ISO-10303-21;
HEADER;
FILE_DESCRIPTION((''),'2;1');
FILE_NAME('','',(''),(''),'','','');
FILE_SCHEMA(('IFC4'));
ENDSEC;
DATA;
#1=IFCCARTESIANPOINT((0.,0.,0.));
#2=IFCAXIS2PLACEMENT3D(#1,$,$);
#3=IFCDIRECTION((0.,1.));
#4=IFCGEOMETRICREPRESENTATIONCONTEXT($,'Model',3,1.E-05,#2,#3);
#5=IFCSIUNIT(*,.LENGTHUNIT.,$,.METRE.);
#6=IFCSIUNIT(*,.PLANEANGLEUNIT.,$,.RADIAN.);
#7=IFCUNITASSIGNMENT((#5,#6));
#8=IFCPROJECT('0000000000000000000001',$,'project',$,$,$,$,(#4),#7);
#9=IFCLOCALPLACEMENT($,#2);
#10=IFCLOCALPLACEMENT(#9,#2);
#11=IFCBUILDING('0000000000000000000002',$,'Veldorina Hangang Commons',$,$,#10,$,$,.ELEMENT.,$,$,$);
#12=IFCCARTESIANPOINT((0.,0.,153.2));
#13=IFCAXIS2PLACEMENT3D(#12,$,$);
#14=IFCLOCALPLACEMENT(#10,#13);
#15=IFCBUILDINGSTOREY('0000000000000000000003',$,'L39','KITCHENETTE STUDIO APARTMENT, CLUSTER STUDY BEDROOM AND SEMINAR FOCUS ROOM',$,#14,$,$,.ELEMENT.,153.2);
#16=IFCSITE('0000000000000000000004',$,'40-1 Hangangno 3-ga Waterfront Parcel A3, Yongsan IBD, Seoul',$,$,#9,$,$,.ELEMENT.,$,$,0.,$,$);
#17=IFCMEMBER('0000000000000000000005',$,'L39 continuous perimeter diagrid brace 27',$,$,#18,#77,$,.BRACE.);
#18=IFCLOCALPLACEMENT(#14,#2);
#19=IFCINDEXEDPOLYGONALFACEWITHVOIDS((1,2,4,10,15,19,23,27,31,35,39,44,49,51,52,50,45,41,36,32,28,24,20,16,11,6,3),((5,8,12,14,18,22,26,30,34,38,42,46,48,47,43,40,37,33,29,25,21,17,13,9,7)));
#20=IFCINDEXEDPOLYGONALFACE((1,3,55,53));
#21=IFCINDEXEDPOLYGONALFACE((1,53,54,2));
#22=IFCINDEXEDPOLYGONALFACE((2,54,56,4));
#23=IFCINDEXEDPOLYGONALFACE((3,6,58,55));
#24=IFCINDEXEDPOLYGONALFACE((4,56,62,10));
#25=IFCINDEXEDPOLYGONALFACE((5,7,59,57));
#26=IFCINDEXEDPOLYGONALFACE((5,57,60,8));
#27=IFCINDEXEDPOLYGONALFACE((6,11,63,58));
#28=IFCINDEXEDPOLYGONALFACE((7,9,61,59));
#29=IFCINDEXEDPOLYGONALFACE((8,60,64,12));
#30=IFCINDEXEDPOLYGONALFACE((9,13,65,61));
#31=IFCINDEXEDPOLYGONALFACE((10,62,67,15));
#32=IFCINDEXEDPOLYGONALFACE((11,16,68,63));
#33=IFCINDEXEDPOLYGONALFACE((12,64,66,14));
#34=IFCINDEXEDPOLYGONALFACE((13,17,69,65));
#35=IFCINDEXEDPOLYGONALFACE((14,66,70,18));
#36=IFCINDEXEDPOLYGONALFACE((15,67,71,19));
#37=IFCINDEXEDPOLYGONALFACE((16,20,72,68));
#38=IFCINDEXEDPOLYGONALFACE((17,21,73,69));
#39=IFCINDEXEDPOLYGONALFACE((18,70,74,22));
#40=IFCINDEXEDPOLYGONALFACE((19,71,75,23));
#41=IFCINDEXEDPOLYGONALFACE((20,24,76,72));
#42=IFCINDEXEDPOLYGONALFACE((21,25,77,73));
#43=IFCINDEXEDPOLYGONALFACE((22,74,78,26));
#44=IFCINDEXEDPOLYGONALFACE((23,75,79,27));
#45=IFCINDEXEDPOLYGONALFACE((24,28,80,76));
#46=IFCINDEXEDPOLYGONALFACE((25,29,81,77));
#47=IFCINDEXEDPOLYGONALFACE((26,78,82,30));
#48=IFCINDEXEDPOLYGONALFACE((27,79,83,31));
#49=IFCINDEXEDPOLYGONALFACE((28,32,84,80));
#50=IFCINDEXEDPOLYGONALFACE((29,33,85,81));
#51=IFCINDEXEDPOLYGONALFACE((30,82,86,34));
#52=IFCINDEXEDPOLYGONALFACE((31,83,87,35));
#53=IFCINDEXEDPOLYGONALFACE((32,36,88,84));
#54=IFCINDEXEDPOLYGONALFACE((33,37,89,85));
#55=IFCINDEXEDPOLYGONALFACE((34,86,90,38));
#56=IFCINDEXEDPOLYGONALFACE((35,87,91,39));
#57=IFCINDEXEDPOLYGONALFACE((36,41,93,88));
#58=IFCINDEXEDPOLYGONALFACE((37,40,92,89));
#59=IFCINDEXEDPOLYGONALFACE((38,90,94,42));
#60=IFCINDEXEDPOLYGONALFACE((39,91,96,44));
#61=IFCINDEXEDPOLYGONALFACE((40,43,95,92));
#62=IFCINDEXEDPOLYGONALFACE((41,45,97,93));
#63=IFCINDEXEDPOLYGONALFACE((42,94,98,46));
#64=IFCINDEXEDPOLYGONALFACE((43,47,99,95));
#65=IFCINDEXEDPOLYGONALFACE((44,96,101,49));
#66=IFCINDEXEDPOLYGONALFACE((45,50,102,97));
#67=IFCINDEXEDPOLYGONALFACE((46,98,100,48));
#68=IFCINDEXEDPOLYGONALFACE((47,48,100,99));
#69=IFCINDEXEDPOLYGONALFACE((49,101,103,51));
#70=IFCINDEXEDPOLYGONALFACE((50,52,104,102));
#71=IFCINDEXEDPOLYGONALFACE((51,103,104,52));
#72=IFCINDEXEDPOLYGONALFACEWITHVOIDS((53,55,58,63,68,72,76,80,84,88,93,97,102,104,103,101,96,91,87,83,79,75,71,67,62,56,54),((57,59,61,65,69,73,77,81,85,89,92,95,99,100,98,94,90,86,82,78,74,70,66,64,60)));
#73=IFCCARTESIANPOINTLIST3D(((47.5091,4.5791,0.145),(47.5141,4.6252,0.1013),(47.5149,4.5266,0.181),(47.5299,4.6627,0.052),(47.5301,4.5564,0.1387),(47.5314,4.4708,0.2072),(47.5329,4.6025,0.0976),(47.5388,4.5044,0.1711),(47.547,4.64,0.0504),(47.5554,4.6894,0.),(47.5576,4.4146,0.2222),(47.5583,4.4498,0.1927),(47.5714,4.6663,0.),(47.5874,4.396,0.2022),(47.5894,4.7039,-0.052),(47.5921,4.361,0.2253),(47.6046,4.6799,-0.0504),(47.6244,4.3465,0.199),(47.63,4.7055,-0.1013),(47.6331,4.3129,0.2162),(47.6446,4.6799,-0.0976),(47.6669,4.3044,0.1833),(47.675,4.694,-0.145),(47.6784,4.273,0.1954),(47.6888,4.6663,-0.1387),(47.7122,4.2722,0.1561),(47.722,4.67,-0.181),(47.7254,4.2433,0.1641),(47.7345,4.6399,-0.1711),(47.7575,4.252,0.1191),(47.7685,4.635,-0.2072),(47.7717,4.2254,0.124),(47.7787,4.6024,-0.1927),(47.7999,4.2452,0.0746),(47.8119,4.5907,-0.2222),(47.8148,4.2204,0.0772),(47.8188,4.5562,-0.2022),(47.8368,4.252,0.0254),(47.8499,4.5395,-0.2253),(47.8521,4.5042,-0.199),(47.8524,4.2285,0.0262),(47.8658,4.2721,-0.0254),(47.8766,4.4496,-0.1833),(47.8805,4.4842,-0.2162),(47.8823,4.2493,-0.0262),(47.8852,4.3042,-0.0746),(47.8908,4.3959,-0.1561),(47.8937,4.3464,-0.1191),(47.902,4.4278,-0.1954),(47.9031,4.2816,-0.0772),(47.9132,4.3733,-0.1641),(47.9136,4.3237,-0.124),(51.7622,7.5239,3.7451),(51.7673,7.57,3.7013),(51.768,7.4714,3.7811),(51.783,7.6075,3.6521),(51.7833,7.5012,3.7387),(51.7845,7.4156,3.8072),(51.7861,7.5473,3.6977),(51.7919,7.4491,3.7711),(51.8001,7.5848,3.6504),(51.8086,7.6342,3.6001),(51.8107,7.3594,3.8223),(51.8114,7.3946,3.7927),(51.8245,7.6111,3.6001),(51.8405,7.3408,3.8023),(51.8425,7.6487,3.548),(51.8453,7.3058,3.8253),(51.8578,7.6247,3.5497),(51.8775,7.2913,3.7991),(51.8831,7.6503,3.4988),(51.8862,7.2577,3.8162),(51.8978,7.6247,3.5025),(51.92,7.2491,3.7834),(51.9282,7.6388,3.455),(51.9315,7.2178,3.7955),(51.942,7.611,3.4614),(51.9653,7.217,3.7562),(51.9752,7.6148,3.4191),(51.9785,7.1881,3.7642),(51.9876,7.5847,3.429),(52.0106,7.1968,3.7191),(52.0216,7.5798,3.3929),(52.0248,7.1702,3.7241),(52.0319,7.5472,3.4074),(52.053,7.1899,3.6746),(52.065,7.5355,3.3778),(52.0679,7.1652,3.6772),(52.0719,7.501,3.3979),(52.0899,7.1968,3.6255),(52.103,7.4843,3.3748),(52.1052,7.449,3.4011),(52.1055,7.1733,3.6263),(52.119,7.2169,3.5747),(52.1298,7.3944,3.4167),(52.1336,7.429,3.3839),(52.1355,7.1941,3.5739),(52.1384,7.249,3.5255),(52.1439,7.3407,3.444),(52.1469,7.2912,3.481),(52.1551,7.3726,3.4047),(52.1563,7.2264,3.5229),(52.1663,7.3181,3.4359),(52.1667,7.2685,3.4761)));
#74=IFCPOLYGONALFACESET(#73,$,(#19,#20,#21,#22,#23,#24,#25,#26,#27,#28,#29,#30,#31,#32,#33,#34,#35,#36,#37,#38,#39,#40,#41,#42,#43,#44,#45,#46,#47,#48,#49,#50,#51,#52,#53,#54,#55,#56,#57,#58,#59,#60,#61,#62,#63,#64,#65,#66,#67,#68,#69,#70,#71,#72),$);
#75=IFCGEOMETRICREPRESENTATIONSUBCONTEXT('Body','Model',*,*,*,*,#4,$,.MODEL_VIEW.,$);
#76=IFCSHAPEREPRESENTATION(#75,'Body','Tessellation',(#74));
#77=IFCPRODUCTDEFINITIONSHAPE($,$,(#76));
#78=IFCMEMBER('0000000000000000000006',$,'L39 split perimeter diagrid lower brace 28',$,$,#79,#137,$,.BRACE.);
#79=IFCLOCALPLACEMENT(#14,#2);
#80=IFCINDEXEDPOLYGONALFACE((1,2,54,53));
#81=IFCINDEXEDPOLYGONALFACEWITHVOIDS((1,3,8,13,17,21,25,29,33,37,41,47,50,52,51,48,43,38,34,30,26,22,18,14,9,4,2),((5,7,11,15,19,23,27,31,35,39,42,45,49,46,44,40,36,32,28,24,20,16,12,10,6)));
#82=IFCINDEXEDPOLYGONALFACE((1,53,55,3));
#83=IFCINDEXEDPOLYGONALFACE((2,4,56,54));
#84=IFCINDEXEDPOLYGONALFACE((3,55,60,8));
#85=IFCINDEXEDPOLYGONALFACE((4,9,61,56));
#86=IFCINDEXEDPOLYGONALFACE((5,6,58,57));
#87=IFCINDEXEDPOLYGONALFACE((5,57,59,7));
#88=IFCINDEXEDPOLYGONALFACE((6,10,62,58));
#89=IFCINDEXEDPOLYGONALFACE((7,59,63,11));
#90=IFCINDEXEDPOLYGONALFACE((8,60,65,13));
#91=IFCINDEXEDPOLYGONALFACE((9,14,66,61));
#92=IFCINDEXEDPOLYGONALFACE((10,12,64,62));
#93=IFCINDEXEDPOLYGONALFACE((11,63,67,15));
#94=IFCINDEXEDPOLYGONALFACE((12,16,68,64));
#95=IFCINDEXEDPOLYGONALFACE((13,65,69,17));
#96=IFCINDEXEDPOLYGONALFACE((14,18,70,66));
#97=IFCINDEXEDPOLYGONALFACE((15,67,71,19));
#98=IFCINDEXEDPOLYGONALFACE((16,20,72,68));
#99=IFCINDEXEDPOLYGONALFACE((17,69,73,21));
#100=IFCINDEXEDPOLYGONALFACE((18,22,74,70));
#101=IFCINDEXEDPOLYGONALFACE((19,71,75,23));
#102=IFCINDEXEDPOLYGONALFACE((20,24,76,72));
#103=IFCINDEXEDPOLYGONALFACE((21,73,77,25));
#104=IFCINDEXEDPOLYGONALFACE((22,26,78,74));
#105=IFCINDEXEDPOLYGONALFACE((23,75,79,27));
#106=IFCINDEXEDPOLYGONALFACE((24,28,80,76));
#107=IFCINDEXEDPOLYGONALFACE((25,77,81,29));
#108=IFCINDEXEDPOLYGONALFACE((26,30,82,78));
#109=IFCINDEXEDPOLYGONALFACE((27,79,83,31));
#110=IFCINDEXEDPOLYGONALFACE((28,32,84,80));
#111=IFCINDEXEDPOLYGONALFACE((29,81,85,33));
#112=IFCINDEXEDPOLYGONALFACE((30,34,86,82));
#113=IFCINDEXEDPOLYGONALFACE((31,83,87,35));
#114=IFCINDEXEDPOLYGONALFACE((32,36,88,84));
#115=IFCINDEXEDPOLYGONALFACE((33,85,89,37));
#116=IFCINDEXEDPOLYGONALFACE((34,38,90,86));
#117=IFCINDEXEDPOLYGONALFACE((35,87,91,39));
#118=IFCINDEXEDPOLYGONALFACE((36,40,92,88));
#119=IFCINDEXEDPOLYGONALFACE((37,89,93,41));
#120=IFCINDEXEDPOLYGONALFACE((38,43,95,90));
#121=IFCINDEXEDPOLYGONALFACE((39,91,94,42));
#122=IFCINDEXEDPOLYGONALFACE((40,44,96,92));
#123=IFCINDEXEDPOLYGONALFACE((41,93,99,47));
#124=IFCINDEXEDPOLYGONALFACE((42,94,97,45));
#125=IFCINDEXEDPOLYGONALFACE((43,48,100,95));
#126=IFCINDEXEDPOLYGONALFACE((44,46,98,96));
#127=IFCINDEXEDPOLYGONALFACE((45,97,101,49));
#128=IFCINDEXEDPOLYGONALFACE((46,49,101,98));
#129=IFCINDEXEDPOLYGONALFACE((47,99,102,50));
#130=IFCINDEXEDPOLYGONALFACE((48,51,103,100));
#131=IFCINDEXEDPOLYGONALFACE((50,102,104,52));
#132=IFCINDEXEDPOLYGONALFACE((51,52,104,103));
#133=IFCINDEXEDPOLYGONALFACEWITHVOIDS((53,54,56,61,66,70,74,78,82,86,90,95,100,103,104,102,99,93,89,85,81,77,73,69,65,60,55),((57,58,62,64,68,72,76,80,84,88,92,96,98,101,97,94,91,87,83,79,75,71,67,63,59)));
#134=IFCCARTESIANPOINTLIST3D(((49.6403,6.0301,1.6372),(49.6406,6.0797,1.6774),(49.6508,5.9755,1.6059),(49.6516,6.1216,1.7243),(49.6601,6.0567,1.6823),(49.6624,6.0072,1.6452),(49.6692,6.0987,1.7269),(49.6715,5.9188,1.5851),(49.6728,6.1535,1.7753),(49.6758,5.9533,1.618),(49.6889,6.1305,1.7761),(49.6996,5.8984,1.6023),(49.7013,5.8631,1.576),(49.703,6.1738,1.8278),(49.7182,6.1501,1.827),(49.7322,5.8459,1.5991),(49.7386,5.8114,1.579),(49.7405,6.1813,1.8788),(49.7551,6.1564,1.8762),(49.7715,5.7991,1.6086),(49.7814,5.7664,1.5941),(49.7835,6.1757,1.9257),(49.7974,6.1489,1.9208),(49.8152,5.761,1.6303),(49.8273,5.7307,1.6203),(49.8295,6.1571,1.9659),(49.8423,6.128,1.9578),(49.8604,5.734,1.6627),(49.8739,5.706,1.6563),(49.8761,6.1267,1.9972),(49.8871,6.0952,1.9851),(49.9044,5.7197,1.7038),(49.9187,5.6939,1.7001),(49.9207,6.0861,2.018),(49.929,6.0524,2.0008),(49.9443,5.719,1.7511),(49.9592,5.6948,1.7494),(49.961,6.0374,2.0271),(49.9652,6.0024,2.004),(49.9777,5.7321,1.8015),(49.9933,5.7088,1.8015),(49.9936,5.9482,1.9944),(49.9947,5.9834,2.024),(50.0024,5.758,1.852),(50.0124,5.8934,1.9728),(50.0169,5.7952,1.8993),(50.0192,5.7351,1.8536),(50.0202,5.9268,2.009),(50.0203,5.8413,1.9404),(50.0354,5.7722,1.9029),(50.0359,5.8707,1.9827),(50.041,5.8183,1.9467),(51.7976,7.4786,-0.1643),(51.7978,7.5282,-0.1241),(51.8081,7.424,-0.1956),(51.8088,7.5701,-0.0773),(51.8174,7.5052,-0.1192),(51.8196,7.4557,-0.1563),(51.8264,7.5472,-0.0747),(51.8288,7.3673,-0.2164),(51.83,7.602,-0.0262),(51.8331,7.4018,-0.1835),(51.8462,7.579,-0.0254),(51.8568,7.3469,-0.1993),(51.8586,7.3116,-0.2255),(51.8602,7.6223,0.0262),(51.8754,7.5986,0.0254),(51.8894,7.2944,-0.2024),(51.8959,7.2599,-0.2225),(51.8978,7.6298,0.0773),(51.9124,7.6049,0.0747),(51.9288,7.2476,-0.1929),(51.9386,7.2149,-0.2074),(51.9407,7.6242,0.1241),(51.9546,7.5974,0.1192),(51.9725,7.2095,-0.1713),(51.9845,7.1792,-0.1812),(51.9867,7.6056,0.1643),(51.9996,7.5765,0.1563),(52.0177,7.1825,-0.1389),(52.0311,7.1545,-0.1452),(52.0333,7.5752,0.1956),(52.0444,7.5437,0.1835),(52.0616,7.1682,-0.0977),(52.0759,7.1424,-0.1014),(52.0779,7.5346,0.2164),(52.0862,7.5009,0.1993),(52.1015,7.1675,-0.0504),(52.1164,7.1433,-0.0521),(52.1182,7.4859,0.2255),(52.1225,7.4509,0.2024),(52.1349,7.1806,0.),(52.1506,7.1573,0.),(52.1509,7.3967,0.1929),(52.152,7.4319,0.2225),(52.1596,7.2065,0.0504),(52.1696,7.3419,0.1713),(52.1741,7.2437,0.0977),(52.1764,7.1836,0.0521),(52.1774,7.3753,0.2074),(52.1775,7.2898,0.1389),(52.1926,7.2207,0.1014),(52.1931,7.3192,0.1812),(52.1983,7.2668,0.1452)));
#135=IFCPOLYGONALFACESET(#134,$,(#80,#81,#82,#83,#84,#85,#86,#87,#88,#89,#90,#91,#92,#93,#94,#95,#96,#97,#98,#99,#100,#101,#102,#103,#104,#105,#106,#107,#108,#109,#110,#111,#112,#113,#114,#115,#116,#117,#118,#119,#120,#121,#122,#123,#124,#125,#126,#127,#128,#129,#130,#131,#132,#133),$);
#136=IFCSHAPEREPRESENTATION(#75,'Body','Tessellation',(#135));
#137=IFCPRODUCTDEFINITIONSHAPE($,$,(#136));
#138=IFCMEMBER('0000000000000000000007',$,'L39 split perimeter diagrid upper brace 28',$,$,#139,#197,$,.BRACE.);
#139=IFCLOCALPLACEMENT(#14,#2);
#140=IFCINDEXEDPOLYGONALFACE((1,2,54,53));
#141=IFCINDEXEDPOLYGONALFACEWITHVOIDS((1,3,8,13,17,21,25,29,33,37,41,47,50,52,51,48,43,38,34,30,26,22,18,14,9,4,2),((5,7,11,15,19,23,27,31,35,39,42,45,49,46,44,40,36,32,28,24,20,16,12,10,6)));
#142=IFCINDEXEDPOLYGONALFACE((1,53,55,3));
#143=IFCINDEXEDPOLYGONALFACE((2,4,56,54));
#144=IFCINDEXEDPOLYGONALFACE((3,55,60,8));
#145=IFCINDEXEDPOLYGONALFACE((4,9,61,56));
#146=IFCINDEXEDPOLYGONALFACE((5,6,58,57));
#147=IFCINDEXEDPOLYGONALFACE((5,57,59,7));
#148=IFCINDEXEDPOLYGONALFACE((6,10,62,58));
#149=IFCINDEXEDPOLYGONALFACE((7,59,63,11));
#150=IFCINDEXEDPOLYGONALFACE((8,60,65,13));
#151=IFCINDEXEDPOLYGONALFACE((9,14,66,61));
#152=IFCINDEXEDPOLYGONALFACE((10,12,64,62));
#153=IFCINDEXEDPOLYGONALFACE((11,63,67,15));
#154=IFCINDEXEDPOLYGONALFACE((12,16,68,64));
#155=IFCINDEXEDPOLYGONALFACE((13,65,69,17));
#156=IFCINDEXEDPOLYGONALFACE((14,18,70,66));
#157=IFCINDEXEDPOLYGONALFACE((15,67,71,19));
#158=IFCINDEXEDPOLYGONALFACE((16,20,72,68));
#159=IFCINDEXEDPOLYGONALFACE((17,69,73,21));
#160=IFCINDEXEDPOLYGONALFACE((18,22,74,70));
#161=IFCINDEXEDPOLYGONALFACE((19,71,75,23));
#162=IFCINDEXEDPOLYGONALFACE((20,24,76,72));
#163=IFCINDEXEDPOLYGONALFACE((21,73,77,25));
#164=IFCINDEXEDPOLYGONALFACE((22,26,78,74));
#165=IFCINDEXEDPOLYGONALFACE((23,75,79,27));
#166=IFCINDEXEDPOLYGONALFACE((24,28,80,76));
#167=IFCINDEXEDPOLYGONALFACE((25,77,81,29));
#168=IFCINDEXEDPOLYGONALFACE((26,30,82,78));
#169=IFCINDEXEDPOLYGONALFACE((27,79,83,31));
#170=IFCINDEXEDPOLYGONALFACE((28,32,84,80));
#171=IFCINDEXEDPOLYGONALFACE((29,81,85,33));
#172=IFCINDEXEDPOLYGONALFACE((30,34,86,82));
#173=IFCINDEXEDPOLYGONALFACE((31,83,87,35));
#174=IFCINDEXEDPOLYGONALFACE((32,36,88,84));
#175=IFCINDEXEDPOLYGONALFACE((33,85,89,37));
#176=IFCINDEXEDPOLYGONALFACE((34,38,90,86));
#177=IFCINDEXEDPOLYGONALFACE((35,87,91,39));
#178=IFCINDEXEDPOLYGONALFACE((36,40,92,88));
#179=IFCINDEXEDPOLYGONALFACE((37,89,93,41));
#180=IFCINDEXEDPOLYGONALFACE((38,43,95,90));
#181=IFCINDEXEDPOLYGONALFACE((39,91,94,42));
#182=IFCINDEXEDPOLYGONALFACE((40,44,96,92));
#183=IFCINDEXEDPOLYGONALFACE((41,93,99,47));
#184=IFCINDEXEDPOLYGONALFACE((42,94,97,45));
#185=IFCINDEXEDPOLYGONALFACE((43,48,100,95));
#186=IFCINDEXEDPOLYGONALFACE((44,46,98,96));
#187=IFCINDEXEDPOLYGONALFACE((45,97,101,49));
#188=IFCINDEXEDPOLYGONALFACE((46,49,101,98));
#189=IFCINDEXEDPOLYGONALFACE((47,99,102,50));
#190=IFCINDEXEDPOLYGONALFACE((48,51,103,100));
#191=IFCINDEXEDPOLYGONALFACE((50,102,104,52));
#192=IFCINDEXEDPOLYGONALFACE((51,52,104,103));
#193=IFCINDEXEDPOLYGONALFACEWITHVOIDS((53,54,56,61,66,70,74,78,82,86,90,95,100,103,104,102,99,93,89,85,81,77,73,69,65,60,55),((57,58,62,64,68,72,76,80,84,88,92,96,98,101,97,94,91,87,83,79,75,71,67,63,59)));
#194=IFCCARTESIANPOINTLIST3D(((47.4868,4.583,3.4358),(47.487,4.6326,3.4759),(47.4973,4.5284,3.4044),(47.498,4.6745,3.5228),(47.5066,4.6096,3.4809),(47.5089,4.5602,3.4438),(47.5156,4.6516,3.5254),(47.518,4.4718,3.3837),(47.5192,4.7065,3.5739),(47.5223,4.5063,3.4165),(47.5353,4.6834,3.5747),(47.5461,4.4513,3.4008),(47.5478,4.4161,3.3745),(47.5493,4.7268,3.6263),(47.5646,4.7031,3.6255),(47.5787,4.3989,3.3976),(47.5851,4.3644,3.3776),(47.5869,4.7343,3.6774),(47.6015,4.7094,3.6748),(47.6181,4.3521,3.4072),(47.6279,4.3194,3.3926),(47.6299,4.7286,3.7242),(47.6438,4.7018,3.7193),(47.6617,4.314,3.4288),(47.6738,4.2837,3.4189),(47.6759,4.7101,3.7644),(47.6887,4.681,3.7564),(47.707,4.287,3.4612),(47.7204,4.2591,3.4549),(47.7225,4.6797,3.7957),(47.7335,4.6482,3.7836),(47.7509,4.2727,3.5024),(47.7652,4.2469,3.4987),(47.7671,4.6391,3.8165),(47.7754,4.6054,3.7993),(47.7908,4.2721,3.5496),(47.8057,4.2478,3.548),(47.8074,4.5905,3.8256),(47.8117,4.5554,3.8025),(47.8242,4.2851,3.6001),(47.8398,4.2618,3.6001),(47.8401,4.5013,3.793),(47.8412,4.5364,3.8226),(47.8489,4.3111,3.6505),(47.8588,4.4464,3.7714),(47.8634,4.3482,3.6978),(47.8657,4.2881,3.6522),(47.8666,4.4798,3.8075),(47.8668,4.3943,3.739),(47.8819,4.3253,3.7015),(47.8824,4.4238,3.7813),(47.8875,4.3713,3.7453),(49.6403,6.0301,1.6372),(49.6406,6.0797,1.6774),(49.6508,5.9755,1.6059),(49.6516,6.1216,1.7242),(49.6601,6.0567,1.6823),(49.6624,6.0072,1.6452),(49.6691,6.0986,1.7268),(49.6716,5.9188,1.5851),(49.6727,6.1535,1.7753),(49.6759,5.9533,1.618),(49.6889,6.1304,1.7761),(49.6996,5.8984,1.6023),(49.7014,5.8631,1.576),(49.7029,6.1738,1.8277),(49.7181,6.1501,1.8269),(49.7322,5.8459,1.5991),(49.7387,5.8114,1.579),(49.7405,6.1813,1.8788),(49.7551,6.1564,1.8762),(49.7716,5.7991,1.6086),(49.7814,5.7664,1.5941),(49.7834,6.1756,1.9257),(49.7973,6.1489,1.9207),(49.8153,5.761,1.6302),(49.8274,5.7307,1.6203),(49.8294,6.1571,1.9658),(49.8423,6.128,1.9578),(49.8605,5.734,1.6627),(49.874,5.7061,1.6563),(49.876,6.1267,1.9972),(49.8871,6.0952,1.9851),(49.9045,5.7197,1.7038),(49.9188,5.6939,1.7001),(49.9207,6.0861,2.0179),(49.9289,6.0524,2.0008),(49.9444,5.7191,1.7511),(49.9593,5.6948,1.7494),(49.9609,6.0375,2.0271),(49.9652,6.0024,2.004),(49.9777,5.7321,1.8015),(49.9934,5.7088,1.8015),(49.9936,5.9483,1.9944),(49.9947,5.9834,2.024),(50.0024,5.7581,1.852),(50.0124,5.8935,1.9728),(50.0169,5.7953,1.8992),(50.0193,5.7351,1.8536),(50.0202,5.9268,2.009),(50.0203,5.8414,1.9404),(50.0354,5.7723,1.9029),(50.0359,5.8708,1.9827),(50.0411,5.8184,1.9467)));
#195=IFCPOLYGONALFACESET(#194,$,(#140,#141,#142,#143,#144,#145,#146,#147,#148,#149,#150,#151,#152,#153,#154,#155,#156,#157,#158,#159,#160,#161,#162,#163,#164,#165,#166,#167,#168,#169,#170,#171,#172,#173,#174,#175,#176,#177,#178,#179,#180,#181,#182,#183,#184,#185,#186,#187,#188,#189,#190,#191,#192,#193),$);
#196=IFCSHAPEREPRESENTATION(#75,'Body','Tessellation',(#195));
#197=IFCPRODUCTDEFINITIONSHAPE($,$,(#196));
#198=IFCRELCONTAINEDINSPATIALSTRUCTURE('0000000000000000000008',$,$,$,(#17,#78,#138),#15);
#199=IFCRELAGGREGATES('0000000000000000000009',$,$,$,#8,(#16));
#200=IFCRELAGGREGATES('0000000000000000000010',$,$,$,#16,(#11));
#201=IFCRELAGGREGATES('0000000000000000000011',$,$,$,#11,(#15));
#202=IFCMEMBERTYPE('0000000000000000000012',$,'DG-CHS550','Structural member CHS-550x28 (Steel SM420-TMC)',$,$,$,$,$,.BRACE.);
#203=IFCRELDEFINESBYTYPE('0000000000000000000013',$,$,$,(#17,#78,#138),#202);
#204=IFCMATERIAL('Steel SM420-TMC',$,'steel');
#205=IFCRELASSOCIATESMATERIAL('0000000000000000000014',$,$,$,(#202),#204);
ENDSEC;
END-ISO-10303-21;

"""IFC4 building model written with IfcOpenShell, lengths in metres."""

from ifc_helpers import new_model, si_unit, direction, frame, origin, origin_2d, place, context, subcontext, project, spatial, hollow_circle, extrude, material, material_profile, profile_set, type_object, element, save


model = new_model("IFC4")

# Units and contexts
model_context = context("Model", 3, precision=1e-05, world=origin(), true_north=direction((0.0, 1.0)))
body_context = subcontext(model_context, "Body", "Model", "MODEL_VIEW")
ifc_project = project(units=[si_unit("LENGTHUNIT", "METRE"), si_unit("PLANEANGLEUNIT", "RADIAN")], contexts=[model_context])

# Site, building, storey
site_placement = place(None, origin())
site = spatial("IfcSite", under=ifc_project, at=site_placement, Name="40-1 Hangangno 3-ga Waterfront Parcel A3, Yongsan IBD, Seoul", CompositionType="ELEMENT", RefElevation=0.0)
building_placement = place(site_placement, origin())
building = spatial("IfcBuilding", under=site, at=building_placement, Name="Veldorina Hangang Commons", CompositionType="ELEMENT")
storey_placement = place(building_placement, frame((0.0, 0.0, 153.2)))
storey = spatial("IfcBuildingStorey", under=building, at=storey_placement, Name="L39", Description="KITCHENETTE STUDIO APARTMENT, CLUSTER STUDY BEDROOM AND SEMINAR FOCUS ROOM", CompositionType="ELEMENT", Elevation=153.2)

# Shared definitions
ifc_material_1 = material(Name="Steel SM420-TMC", Category="steel")

# Members
ifc_material_profile_1 = material_profile(ifc_material_1, hollow_circle(Radius=0.2749, WallThickness=0.0281, at=origin_2d()), Name="CHS-550x28")
ifc_profile_set_1 = profile_set([ifc_material_profile_1], Name="Steel SM420-TMC")
member_type_1 = type_object("IfcMemberType", Name="DG-CHS550", Description="Structural member CHS-550x28 (Steel SM420-TMC)", PredefinedType="BRACE", material=ifc_profile_set_1)
member_1_placement = place(storey_placement, frame((47.7119, 4.4634, 0.0), z_axis=(0.674833, 0.467243, 0.571213), x_axis=(-0.569252, 0.822163, 0.0)))
element("IfcMember", 1, at=member_1_placement, inside=storey, type_object=member_type_1, Name="L39 continuous perimeter diagrid brace 27", PredefinedType="BRACE", context=body_context, shape_type="SweptSolid", body=[
    extrude(hollow_circle(Radius=0.2749, WallThickness=0.0281, at=origin_2d()), origin(), (0.0, 0.0, 1.0), 6.3025),
])
member_2_placement = place(storey_placement, frame((51.9973, 7.3855, 0.0), z_axis=(-0.682271, -0.458116, 0.569769), x_axis=(0.557451, -0.83021, 0.0)))
element("IfcMember", 2, at=member_2_placement, inside=storey, type_object=member_type_1, Name="L39 split perimeter diagrid lower brace 28", PredefinedType="BRACE", context=body_context, shape_type="SweptSolid", body=[
    extrude(hollow_circle(Radius=0.2749, WallThickness=0.0281, at=origin_2d()), origin(), (0.0, 0.0, 1.0), 3.1619),
])
member_3_placement = place(storey_placement, frame((49.8401, 5.937, 1.8015), z_axis=(-0.682157, -0.458354, 0.569714), x_axis=(0.557715, -0.830033, 0.0)))
element("IfcMember", 3, at=member_3_placement, inside=storey, type_object=member_type_1, Name="L39 split perimeter diagrid upper brace 28", PredefinedType="BRACE", context=body_context, shape_type="SweptSolid", body=[
    extrude(hollow_circle(Radius=0.2749, WallThickness=0.0281, at=origin_2d()), origin(), (0.0, 0.0, 1.0), 3.157),
])

save(model, "model.ifc")
